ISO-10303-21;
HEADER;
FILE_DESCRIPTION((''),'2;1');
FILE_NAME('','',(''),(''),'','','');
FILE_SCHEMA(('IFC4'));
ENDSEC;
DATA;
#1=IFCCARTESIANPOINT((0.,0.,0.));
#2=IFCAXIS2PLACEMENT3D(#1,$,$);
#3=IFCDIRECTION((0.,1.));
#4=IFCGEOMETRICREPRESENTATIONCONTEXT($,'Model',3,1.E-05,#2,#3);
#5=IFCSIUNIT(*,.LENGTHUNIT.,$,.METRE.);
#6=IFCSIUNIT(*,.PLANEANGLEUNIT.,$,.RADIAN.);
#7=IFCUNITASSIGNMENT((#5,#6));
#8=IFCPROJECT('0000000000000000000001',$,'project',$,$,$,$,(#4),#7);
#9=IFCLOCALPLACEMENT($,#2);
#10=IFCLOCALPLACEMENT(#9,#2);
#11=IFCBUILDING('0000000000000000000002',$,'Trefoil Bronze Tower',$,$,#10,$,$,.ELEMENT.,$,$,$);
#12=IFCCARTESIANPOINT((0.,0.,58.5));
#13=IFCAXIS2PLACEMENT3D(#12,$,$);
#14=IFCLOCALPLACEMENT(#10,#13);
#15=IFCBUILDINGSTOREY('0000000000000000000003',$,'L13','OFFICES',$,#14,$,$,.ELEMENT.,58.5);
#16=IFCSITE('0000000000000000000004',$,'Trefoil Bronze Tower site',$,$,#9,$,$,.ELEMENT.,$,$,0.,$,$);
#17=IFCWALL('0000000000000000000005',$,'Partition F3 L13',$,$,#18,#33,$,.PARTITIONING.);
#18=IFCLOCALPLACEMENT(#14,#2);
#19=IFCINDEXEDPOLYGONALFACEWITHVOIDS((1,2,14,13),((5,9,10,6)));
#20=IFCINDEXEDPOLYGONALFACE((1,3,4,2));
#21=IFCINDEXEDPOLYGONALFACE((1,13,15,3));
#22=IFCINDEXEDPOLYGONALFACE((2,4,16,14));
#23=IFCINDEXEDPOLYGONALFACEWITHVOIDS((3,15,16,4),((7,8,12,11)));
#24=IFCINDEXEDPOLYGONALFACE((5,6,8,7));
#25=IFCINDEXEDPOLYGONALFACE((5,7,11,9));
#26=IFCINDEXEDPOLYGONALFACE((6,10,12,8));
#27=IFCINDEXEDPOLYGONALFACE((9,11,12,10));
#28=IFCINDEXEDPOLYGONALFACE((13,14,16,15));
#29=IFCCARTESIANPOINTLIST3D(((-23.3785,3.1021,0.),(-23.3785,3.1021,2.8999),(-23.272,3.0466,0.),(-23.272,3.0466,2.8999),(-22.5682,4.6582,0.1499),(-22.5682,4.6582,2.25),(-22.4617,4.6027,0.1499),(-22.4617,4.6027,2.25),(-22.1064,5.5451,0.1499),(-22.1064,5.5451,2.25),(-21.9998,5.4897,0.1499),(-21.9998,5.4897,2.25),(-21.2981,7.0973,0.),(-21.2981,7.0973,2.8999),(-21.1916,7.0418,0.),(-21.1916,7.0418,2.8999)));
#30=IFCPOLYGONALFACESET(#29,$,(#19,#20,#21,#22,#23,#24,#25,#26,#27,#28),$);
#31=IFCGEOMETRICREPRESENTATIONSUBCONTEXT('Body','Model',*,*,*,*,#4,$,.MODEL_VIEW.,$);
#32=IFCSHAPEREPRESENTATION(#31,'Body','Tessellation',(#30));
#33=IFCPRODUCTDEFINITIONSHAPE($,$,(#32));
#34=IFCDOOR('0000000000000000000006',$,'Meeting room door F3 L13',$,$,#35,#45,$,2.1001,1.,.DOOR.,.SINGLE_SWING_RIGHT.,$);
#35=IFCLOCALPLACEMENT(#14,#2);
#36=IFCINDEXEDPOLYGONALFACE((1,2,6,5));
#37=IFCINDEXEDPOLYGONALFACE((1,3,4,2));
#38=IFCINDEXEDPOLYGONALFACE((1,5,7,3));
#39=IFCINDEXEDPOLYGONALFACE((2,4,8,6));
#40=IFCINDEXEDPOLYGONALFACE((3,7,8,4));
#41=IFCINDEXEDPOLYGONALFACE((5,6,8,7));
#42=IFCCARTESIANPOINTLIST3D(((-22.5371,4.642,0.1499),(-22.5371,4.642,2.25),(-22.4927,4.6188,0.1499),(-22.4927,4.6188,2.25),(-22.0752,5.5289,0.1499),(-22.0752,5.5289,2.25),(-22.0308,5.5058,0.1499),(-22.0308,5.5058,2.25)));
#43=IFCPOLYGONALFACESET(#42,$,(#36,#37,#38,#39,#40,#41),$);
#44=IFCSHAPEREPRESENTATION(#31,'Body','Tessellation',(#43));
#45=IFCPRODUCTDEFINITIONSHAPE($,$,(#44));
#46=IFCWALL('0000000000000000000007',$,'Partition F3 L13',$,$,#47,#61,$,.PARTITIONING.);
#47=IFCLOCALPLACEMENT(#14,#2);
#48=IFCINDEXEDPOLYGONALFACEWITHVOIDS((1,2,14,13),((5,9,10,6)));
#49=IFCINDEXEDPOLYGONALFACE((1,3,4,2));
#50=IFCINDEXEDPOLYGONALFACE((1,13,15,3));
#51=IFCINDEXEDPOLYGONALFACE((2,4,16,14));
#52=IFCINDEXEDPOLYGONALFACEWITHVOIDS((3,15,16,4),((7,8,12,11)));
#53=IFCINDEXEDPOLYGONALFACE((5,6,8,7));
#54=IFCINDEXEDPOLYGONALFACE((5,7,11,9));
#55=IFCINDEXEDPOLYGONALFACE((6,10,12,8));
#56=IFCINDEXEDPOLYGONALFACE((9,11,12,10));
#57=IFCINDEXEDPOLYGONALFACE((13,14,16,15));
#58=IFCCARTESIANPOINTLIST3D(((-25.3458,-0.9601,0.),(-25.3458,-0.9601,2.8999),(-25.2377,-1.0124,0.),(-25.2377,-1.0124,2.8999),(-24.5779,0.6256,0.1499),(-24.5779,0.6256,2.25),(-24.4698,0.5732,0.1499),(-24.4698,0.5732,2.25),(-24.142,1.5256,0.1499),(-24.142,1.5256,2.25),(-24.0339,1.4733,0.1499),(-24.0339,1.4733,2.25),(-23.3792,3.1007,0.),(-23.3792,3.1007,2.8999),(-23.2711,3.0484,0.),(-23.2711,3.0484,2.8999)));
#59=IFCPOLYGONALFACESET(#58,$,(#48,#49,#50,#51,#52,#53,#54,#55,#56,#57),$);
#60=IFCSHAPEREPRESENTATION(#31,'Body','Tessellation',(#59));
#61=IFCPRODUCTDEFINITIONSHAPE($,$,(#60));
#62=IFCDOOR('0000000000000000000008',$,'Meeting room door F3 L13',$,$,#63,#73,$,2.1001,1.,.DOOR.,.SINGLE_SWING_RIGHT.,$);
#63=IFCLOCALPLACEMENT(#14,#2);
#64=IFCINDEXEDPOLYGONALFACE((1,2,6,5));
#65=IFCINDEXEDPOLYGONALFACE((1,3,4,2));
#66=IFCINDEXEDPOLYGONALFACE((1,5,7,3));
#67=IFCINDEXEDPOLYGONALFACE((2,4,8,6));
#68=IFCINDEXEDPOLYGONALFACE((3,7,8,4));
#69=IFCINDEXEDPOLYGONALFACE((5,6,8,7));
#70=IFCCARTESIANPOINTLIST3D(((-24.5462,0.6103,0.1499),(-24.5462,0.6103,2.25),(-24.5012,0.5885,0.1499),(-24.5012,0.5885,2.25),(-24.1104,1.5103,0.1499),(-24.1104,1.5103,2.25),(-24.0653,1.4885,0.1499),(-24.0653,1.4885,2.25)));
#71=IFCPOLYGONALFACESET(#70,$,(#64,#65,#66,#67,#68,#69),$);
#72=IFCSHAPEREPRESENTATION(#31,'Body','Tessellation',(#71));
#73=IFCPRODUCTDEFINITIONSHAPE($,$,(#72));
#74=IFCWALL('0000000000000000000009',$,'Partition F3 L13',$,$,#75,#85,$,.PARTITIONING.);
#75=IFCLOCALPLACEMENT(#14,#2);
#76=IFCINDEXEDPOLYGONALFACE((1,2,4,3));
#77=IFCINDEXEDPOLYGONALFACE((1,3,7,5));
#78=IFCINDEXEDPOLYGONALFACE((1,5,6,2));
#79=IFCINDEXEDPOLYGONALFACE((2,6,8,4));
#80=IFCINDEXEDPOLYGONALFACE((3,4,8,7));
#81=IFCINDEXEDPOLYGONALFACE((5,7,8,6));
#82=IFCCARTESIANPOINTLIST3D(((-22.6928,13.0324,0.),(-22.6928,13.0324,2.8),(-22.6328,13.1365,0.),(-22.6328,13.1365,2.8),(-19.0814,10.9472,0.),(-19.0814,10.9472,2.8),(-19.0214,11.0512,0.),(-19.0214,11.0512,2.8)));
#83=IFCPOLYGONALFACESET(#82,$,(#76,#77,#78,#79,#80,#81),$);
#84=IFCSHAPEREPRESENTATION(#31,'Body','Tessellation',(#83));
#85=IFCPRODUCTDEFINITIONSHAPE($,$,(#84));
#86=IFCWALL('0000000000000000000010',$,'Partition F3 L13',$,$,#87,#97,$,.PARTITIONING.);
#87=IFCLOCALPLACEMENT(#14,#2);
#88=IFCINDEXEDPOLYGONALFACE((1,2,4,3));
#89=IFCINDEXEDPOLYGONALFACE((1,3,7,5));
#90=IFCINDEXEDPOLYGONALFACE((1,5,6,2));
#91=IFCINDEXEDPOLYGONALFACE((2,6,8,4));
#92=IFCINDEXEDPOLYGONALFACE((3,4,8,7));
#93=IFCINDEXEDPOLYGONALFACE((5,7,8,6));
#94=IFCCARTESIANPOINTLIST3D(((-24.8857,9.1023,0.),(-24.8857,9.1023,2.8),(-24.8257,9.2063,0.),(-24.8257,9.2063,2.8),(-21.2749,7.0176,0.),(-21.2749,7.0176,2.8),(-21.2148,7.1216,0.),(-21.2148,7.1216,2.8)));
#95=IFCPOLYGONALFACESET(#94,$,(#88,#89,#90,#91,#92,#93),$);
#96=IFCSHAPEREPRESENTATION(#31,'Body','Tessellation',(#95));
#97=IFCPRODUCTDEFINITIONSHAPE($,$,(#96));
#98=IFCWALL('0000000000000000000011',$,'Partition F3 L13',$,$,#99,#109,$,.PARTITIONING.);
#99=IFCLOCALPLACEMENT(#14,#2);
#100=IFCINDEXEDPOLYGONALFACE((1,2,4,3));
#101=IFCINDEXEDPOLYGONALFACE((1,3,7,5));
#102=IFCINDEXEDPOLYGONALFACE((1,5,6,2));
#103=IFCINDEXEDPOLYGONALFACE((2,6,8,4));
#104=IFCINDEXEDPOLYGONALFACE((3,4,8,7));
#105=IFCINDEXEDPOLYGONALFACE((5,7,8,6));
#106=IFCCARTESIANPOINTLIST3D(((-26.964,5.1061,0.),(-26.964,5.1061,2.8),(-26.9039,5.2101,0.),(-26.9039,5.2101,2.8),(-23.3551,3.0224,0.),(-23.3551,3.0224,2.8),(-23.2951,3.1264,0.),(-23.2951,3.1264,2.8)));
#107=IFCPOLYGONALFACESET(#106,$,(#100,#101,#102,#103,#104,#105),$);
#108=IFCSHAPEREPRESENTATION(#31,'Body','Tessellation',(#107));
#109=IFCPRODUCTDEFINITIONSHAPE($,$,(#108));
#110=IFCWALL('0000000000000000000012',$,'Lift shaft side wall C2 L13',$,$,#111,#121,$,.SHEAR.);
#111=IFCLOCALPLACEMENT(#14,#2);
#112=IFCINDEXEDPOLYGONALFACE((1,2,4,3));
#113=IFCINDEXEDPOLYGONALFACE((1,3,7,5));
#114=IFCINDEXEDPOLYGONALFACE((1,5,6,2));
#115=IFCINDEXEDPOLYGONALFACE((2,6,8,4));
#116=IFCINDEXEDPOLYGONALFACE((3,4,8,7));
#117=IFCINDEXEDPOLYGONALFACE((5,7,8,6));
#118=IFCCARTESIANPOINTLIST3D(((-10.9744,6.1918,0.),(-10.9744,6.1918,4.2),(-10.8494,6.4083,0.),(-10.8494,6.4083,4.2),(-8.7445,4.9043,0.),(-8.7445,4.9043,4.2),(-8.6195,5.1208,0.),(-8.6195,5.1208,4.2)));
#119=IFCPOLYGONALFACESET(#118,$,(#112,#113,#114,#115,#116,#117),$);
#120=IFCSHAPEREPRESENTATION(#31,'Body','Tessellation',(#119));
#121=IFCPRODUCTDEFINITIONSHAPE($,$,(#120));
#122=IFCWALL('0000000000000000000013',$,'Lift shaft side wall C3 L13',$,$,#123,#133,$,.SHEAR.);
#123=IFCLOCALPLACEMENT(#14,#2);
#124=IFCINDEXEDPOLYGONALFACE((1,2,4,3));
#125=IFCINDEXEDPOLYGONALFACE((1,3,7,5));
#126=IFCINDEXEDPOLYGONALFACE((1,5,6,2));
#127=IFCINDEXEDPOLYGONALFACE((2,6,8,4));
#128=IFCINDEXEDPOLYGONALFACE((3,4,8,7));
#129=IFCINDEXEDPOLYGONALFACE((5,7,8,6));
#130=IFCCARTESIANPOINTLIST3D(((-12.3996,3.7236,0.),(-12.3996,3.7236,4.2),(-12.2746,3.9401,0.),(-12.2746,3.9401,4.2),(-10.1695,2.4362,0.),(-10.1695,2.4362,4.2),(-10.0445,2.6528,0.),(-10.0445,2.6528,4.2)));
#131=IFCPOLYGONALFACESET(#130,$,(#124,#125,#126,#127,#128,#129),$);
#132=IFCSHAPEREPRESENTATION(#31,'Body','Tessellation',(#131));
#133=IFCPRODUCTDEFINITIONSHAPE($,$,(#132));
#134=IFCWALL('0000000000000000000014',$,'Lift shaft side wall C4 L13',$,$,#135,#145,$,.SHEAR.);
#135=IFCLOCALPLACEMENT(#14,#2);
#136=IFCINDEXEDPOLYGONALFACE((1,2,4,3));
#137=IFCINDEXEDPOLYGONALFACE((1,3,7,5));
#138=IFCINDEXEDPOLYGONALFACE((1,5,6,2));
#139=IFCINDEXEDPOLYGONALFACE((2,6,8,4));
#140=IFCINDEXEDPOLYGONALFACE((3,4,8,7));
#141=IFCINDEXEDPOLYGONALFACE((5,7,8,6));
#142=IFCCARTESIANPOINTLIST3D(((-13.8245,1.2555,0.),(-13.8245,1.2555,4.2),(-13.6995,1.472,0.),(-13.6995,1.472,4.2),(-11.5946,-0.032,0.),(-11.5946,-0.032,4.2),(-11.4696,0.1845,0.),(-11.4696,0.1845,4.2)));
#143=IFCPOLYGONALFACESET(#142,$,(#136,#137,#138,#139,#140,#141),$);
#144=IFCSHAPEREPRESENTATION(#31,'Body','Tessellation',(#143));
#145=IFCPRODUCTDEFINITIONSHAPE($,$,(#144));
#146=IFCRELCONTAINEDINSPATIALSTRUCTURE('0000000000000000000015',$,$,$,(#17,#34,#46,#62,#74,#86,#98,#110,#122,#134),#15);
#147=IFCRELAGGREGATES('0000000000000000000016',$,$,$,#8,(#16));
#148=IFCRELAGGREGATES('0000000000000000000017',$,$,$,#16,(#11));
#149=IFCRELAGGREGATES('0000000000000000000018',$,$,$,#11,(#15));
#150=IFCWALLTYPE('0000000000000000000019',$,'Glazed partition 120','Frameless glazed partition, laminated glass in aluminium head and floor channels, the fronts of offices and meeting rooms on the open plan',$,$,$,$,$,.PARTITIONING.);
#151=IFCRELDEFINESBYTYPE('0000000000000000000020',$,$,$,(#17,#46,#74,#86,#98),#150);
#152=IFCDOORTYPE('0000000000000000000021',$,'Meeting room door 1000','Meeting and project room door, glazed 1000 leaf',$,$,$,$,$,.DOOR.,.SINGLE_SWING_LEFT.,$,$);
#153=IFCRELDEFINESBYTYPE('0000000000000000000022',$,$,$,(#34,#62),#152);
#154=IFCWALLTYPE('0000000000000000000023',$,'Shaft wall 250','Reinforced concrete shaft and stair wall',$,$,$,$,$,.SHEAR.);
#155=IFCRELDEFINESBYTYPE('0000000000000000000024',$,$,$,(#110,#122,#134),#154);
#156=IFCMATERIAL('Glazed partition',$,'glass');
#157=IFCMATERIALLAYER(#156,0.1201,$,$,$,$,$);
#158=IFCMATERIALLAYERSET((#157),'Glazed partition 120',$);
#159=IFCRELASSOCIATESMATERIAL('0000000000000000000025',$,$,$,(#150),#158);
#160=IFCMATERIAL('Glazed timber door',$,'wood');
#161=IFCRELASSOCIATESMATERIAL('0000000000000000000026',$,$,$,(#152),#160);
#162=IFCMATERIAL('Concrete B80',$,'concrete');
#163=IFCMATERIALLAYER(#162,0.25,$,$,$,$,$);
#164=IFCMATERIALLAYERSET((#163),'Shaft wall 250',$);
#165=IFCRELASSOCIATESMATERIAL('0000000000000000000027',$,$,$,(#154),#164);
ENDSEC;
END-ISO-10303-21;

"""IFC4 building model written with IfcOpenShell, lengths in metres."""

from ifc_helpers import new_model, si_unit, direction, frame, frame_2d, origin, place, context, subcontext, project, spatial, rectangle, extrude, material, layer, layer_set, type_object, element, fill, save


model = new_model("IFC4")

# Units and contexts
model_context = context("Model", 3, precision=1e-05, world=origin(), true_north=direction((0.0, 1.0)))
body_context = subcontext(model_context, "Body", "Model", "MODEL_VIEW")
ifc_project = project(units=[si_unit("LENGTHUNIT", "METRE"), si_unit("PLANEANGLEUNIT", "RADIAN")], contexts=[model_context])

# Site, building, storey
site_placement = place(None, origin())
site = spatial("IfcSite", under=ifc_project, at=site_placement, Name="Trefoil Bronze Tower site", CompositionType="ELEMENT", RefElevation=0.0)
building_placement = place(site_placement, origin())
building = spatial("IfcBuilding", under=site, at=building_placement, Name="Trefoil Bronze Tower", CompositionType="ELEMENT")
storey_placement = place(building_placement, frame((0.0, 0.0, 58.5)))
storey = spatial("IfcBuildingStorey", under=building, at=storey_placement, Name="L13", Description="OFFICES", CompositionType="ELEMENT", Elevation=58.5)

# Walls, openings, doors
ifc_material_1 = material(Name="Glazed partition", Category="glass")
ifc_layer_1 = layer(ifc_material_1, 0.1201)
ifc_layer_set_1 = layer_set([ifc_layer_1], Name="Glazed partition 120")
wall_type_1 = type_object("IfcWallType", Name="Glazed partition 120", Description="Frameless glazed partition, laminated glass in aluminium head and floor channels, the fronts of offices and meeting rooms on the open plan", PredefinedType="PARTITIONING", material=ifc_layer_set_1)
wall_1_placement = place(storey_placement, frame((-21.2449, 7.0696, 0.0), z_axis=(0.0, 0.0, 1.0), x_axis=(-0.461853, -0.886957, 0.0)))
wall_1 = element("IfcWall", 1, at=wall_1_placement, inside=storey, type_object=wall_type_1, Name="Partition F3 L13", PredefinedType="PARTITIONING", context=body_context, shape_type="SweptSolid", body=[
    extrude(rectangle(XDim=4.5044, YDim=0.1201, at=frame_2d((2.2522, 0.0))), origin(), (0.0, 0.0, 1.0), 2.8999),
])
opening_1_placement = place(wall_1_placement, frame((1.75, 0.0, 0.1499)))
opening_1 = element("IfcOpeningElement", 2, at=opening_1_placement, cuts=wall_1, PredefinedType="OPENING", context=body_context, shape_type="SweptSolid", body=[
    extrude(rectangle(XDim=1.0, YDim=2.1001, at=frame_2d((0.5, 1.05))), frame((0.0, 0.0701, 0.0), z_axis=(0.0, -1.0, 0.0), x_axis=(1.0, 0.0, 0.0)), (0.0, 0.0, 1.0), 0.1401),
])
ifc_material_2 = material(Name="Glazed timber door", Category="wood")
door_type_1 = type_object("IfcDoorType", Name="Meeting room door 1000", Description="Meeting and project room door, glazed 1000 leaf", OperationType="SINGLE_SWING_LEFT", PredefinedType="DOOR", material=ifc_material_2)
door_1_placement = place(opening_1_placement, frame((1.0, 0.0, 0.0), z_axis=(0.0, 0.0, 1.0), x_axis=(-1.0, 0.0, 0.0)))
door_1 = element("IfcDoor", 3, at=door_1_placement, inside=storey, type_object=door_type_1, Name="Meeting room door F3 L13", OperationType="SINGLE_SWING_RIGHT", OverallHeight=2.1001, OverallWidth=1.0, PredefinedType="DOOR", context=body_context, shape_type="SweptSolid", body=[
    extrude(rectangle(XDim=1.0, YDim=2.1001, at=frame_2d((0.5, 1.05))), frame((0.0, 0.0249, 0.0), z_axis=(0.0, -1.0, 0.0), x_axis=(1.0, 0.0, 0.0)), (0.0, 0.0, 1.0), 0.05),
])
fill(opening_1, door_1)
wall_2_placement = place(storey_placement, frame((-23.3252, 3.0745, 0.0), z_axis=(0.0, 0.0, 1.0), x_axis=(-0.435858, -0.900015, 0.0)))
wall_2 = element("IfcWall", 4, at=wall_2_placement, inside=storey, type_object=wall_type_1, Name="Partition F3 L13", PredefinedType="PARTITIONING", context=body_context, shape_type="SweptSolid", body=[
    extrude(rectangle(XDim=4.512, YDim=0.1201, at=frame_2d((2.2559, 0.0))), origin(), (0.0, 0.0, 1.0), 2.8999),
])
opening_2_placement = place(wall_2_placement, frame((1.75, 0.0, 0.1499)))
opening_2 = element("IfcOpeningElement", 5, at=opening_2_placement, cuts=wall_2, PredefinedType="OPENING", context=body_context, shape_type="SweptSolid", body=[
    extrude(rectangle(XDim=1.0, YDim=2.1001, at=frame_2d((0.5, 1.05))), frame((0.0, 0.0701, 0.0), z_axis=(0.0, -1.0, 0.0), x_axis=(1.0, 0.0, 0.0)), (0.0, 0.0, 1.0), 0.1401),
])
door_2_placement = place(opening_2_placement, frame((1.0, 0.0, 0.0), z_axis=(0.0, 0.0, 1.0), x_axis=(-1.0, 0.0, 0.0)))
door_2 = element("IfcDoor", 6, at=door_2_placement, inside=storey, type_object=door_type_1, Name="Meeting room door F3 L13", OperationType="SINGLE_SWING_RIGHT", OverallHeight=2.1001, OverallWidth=1.0, PredefinedType="DOOR", context=body_context, shape_type="SweptSolid", body=[
    extrude(rectangle(XDim=1.0, YDim=2.1001, at=frame_2d((0.5, 1.05))), frame((0.0, 0.0249, 0.0), z_axis=(0.0, -1.0, 0.0), x_axis=(1.0, 0.0, 0.0)), (0.0, 0.0, 1.0), 0.05),
])
fill(opening_2, door_2)

# Walls
wall_3_placement = place(storey_placement, frame((-19.0515, 10.9993, 0.0), z_axis=(0.0, 0.0, 1.0), x_axis=(-0.866004, 0.500037, 0.0)))
element("IfcWall", 7, at=wall_3_placement, inside=storey, type_object=wall_type_1, Name="Partition F3 L13", PredefinedType="PARTITIONING", context=body_context, shape_type="SweptSolid", body=[
    extrude(rectangle(XDim=4.1702, YDim=0.1201, at=frame_2d((2.085, 0.0))), origin(), (0.0, 0.0, 1.0), 2.8),
])
wall_4_placement = place(storey_placement, frame((-21.2449, 7.0696, 0.0), z_axis=(0.0, 0.0, 1.0), x_axis=(-0.866026, 0.5, 0.0)))
element("IfcWall", 8, at=wall_4_placement, inside=storey, type_object=wall_type_1, Name="Partition F3 L13", PredefinedType="PARTITIONING", context=body_context, shape_type="SweptSolid", body=[
    extrude(rectangle(XDim=4.1694, YDim=0.1201, at=frame_2d((2.0847, 0.0))), origin(), (0.0, 0.0, 1.0), 2.8),
])
wall_5_placement = place(storey_placement, frame((-23.3252, 3.0745, 0.0), z_axis=(0.0, 0.0, 1.0), x_axis=(-0.86601, 0.500027, 0.0)))
element("IfcWall", 9, at=wall_5_placement, inside=storey, type_object=wall_type_1, Name="Partition F3 L13", PredefinedType="PARTITIONING", context=body_context, shape_type="SweptSolid", body=[
    extrude(rectangle(XDim=4.1672, YDim=0.1201, at=frame_2d((2.0835, 0.0))), origin(), (0.0, 0.0, 1.0), 2.8),
])
ifc_material_3 = material(Name="Concrete B80", Category="concrete")
ifc_layer_2 = layer(ifc_material_3, 0.25)
ifc_layer_set_2 = layer_set([ifc_layer_2], Name="Shaft wall 250")
wall_type_2 = type_object("IfcWallType", Name="Shaft wall 250", Description="Reinforced concrete shaft and stair wall", PredefinedType="SHEAR", material=ifc_layer_set_2)
for number, where, z_axis, x_axis, name in (
    (10, (-8.6819, 5.0125, 0.0), (0.0, 0.0, 1.0), (-0.866006, 0.500034, 0.0), "Lift shaft side wall C2 L13"),
    (11, (-10.1069, 2.5444, 0.0), (0.0, 0.0, 1.0), (-0.866047, 0.499963, 0.0), "Lift shaft side wall C3 L13"),
    (12, (-11.532, 0.0762, 0.0), (0.0, 0.0, 1.0), (-0.866006, 0.500034, 0.0), "Lift shaft side wall C4 L13"),
):
    element("IfcWall", number, at=place(storey_placement, frame(where, z_axis=z_axis, x_axis=x_axis)), inside=storey, type_object=wall_type_2, Name=name, PredefinedType="SHEAR", context=body_context, shape_type="SweptSolid", body=[
        extrude(rectangle(XDim=2.575, YDim=0.25, at=frame_2d((1.2876, 0.0))), origin(), (0.0, 0.0, 1.0), 4.2),
    ])

save(model, "model.ifc")
